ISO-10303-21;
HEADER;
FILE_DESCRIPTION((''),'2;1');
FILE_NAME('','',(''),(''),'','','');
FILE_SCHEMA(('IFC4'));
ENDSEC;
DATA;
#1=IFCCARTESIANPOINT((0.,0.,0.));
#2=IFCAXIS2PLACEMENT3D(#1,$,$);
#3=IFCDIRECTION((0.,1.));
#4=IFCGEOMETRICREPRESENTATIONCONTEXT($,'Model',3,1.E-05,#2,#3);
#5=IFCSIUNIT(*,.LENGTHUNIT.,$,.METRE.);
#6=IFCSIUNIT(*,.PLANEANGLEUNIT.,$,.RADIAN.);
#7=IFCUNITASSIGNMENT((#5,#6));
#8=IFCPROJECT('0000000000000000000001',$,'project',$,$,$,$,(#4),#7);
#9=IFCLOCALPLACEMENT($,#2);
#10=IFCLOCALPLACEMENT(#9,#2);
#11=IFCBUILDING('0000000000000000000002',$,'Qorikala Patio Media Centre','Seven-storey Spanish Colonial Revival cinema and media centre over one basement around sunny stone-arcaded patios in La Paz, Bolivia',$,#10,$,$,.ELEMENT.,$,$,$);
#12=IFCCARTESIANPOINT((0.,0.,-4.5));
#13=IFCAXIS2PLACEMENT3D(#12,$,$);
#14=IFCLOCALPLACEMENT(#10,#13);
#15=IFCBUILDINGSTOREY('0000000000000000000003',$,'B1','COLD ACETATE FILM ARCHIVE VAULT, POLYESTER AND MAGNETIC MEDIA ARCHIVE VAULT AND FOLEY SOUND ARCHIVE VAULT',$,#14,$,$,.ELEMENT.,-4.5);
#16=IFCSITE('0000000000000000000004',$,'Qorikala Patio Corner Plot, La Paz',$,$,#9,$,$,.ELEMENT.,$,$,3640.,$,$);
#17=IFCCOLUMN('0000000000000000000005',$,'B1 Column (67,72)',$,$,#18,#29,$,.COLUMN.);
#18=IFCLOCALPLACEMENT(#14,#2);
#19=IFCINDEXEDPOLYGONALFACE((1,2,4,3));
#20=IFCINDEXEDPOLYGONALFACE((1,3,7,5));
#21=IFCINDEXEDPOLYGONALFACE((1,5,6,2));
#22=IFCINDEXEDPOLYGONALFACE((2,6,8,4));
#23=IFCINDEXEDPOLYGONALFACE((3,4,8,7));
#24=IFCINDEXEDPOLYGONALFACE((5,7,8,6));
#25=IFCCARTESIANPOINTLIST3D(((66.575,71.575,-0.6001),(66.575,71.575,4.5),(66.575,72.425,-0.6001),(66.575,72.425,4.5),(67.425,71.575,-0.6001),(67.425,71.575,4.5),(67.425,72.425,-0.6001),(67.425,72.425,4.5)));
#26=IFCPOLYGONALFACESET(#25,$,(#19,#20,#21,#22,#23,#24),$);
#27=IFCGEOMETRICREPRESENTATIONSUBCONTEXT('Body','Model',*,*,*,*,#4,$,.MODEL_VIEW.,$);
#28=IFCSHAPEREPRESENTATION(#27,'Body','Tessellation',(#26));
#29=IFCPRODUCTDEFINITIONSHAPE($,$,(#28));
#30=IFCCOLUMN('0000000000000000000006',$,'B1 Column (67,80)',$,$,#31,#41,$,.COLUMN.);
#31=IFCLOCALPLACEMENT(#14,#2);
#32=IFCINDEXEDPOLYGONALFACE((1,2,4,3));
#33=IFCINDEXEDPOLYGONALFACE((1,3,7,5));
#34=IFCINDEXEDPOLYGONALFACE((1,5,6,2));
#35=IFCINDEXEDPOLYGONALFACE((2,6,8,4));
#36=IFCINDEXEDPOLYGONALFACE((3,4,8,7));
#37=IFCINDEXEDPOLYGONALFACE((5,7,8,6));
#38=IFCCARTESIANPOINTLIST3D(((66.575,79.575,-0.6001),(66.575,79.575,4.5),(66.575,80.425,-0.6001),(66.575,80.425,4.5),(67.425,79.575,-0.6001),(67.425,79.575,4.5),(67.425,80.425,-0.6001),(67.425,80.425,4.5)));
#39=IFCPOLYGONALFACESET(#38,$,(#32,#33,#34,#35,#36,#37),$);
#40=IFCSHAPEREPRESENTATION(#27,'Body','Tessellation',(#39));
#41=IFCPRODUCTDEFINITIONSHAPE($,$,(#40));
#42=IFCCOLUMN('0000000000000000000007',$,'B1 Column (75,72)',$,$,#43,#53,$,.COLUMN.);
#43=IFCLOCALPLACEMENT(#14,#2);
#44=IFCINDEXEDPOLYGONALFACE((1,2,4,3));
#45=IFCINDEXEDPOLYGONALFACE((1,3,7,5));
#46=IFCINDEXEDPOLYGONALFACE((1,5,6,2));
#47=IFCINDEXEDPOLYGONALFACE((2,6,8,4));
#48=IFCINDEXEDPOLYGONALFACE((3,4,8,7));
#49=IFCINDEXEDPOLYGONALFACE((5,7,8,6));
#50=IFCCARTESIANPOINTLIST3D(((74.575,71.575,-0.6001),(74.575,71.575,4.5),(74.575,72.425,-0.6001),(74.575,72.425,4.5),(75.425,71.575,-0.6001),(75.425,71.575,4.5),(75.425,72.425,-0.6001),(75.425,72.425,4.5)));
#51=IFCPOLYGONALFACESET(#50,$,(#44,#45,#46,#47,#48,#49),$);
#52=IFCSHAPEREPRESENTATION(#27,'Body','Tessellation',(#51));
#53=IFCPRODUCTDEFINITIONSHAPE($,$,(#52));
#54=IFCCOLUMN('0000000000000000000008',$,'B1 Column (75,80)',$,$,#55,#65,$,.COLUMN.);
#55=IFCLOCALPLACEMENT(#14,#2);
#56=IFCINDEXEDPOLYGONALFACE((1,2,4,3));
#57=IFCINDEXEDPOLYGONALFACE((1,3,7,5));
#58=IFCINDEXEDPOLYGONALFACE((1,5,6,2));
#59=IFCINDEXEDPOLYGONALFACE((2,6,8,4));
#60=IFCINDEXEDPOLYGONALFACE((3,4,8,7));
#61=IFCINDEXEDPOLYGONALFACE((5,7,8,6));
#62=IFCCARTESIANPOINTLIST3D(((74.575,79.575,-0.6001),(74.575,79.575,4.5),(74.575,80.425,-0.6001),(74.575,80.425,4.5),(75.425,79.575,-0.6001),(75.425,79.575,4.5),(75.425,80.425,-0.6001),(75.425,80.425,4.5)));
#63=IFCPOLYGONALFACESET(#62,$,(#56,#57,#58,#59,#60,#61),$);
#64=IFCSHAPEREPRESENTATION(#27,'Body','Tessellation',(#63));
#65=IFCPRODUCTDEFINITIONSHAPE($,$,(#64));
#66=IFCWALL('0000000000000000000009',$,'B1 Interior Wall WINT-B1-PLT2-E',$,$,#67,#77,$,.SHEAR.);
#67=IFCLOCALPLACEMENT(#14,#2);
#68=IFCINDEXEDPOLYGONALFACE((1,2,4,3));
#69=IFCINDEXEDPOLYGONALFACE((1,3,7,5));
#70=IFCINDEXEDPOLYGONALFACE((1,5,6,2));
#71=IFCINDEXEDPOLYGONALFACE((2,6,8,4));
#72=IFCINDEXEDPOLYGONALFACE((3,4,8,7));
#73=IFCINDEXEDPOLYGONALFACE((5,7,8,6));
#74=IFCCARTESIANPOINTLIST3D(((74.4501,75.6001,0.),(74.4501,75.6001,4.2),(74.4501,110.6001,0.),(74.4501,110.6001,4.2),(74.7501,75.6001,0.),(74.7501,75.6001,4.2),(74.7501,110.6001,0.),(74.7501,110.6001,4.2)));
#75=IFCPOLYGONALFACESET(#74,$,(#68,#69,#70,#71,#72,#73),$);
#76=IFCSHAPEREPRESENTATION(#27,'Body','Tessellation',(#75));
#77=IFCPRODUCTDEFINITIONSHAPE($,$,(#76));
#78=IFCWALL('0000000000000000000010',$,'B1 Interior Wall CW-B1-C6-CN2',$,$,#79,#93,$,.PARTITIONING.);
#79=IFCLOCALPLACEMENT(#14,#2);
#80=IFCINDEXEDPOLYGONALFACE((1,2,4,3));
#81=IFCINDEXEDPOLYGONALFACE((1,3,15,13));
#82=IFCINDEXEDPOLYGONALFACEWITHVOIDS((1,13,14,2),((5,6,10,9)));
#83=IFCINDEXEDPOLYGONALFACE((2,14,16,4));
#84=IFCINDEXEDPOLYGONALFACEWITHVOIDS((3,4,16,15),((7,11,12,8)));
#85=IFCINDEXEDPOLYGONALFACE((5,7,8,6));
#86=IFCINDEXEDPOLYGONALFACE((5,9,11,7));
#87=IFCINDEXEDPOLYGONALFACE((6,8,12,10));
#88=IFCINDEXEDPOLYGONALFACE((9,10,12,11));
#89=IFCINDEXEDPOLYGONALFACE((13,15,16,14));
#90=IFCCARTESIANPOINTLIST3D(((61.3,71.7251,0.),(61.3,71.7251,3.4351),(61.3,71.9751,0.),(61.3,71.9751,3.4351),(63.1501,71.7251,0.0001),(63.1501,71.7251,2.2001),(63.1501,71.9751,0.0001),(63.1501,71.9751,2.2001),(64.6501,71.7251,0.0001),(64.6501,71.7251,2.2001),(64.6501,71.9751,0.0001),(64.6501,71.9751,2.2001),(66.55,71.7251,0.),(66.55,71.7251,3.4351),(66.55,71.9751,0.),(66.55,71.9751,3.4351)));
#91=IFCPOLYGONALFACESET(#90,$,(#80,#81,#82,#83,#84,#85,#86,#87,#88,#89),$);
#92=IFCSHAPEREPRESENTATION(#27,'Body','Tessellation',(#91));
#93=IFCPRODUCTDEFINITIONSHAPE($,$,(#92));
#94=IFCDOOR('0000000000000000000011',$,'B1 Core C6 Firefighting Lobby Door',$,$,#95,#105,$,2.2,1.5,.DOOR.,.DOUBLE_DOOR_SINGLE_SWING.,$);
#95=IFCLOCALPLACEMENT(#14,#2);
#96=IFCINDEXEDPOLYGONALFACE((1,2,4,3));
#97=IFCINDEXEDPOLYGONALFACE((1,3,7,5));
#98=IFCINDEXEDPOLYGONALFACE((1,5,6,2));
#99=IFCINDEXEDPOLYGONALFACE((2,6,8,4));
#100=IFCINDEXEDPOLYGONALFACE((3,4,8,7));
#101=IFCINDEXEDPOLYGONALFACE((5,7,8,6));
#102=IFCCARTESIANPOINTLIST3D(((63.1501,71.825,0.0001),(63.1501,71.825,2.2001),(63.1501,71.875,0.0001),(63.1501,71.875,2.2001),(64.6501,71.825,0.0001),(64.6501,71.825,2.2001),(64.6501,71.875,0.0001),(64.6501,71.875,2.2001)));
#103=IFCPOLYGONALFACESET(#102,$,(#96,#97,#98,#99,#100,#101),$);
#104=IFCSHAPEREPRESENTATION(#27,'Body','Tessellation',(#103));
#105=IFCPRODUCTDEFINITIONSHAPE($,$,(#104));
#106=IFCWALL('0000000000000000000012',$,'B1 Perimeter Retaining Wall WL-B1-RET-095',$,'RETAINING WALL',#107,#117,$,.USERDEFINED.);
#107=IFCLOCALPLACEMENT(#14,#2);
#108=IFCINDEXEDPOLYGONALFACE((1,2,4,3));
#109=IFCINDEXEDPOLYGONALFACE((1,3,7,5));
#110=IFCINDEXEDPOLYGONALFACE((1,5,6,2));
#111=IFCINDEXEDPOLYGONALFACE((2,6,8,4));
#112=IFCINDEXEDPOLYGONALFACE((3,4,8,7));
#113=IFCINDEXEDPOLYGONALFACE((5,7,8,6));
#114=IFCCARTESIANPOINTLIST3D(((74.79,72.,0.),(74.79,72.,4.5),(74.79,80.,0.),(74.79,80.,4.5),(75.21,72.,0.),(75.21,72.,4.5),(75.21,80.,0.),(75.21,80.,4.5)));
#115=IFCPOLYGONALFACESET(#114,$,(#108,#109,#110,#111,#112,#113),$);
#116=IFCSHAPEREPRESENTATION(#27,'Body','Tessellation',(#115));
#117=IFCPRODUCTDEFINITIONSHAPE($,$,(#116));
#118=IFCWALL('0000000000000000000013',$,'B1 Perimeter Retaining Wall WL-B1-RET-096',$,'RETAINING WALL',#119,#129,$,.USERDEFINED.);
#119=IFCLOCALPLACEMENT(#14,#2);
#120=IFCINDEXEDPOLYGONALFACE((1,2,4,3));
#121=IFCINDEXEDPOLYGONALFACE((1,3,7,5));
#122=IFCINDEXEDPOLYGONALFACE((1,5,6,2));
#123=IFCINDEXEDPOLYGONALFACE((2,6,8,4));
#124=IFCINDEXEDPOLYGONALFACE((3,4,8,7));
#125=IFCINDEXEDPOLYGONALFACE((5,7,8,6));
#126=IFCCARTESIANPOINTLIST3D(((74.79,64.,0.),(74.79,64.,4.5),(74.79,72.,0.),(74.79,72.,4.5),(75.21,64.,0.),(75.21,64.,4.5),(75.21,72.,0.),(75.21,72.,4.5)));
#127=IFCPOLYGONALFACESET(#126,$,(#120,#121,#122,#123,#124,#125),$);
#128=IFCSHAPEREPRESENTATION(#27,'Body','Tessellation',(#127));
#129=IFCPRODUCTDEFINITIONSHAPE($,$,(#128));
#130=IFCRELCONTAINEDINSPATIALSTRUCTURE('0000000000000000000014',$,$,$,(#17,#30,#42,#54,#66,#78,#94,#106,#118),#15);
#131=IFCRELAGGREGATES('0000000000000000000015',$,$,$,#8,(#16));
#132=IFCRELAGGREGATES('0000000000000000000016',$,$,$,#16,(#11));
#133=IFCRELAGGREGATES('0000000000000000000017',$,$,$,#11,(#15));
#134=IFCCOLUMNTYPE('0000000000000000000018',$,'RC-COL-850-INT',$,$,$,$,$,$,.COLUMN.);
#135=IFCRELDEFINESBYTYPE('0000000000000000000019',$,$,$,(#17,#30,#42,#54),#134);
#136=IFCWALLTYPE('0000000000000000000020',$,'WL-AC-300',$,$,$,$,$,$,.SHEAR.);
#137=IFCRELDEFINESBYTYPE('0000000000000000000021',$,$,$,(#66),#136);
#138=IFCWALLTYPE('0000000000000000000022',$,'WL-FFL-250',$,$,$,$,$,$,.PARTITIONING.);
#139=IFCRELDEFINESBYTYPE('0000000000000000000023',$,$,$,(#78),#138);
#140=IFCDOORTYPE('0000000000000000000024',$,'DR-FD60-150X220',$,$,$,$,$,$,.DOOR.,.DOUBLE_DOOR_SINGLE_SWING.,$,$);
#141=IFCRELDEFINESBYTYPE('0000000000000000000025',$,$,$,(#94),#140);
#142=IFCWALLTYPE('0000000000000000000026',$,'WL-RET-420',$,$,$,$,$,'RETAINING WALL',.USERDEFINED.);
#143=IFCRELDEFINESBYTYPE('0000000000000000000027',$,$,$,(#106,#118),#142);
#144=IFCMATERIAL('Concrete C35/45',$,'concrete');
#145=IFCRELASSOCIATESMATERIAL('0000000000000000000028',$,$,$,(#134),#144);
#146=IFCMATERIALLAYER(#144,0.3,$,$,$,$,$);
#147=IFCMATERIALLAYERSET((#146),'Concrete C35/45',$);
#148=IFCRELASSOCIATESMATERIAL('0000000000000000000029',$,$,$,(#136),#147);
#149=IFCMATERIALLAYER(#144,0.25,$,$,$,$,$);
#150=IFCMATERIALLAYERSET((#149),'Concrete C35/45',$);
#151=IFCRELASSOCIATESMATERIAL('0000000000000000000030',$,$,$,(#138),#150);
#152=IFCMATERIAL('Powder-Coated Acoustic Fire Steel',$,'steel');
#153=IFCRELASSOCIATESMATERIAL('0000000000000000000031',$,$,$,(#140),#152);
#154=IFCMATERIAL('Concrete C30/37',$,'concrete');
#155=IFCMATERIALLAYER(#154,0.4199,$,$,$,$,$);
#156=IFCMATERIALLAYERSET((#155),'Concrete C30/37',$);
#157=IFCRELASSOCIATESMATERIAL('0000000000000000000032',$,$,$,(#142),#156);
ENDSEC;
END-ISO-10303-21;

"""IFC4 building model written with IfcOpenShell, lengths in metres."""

from ifc_helpers import new_model, si_unit, direction, frame, frame_2d, origin, origin_2d, place, context, subcontext, project, spatial, rectangle, extrude, material, layer, layer_set, material_profile, profile_set, type_object, element, fill, save


model = new_model("IFC4")

# Units and contexts
model_context = context("Model", 3, precision=1e-05, world=origin(), true_north=direction((0.0, 1.0)))
body_context = subcontext(model_context, "Body", "Model", "MODEL_VIEW")
ifc_project = project(units=[si_unit("LENGTHUNIT", "METRE"), si_unit("PLANEANGLEUNIT", "RADIAN")], contexts=[model_context])

# Site, building, storey
site_placement = place(None, origin())
site = spatial("IfcSite", under=ifc_project, at=site_placement, Name="Qorikala Patio Corner Plot, La Paz", CompositionType="ELEMENT", RefElevation=3640.0)
building_placement = place(site_placement, origin())
building = spatial("IfcBuilding", under=site, at=building_placement, Name="Qorikala Patio Media Centre", Description="Seven-storey Spanish Colonial Revival cinema and media centre over one basement around sunny stone-arcaded patios in La Paz, Bolivia", CompositionType="ELEMENT")
storey_placement = place(building_placement, frame((0.0, 0.0, -4.5)))
storey = spatial("IfcBuildingStorey", under=building, at=storey_placement, Name="B1", Description="COLD ACETATE FILM ARCHIVE VAULT, POLYESTER AND MAGNETIC MEDIA ARCHIVE VAULT AND FOLEY SOUND ARCHIVE VAULT", CompositionType="ELEMENT", Elevation=-4.5)

# Shared definitions
ifc_material_1 = material(Name="Concrete C30/37", Category="concrete")

# Columns
ifc_material_2 = material(Name="Concrete C35/45", Category="concrete")
ifc_material_profile_1 = material_profile(ifc_material_2, rectangle(XDim=0.8501, YDim=0.8501, at=origin_2d()), Name="RC 850x850")
ifc_profile_set_1 = profile_set([ifc_material_profile_1], Name="Concrete C35/45")
column_type = type_object("IfcColumnType", Name="RC-COL-850-INT", PredefinedType="COLUMN", material=ifc_profile_set_1)
for number, where, z_axis, x_axis, name in (
    (1, (67.0, 72.0, -0.6001), (0.0, 0.0, 1.0), (1.0, 0.0, 0.0), "B1 Column (67,72)"),
    (2, (67.0, 80.0, -0.6001), (0.0, 0.0, 1.0), (1.0, 0.0, 0.0), "B1 Column (67,80)"),
    (3, (75.0, 72.0, -0.6001), (0.0, 0.0, 1.0), (1.0, 0.0, 0.0), "B1 Column (75,72)"),
    (4, (75.0, 80.0, -0.6001), (0.0, 0.0, 1.0), (1.0, 0.0, 0.0), "B1 Column (75,80)"),
):
    element("IfcColumn", number, at=place(storey_placement, frame(where, z_axis=z_axis, x_axis=x_axis)), inside=storey, type_object=column_type, Name=name, PredefinedType="COLUMN", context=body_context, shape_type="SweptSolid", body=[
        extrude(rectangle(XDim=0.8501, YDim=0.8501, at=origin_2d()), origin(), (0.0, 0.0, 1.0), 5.1001),
    ])

# Wall
ifc_layer_1 = layer(ifc_material_2, 0.3)
ifc_layer_set_1 = layer_set([ifc_layer_1], Name="Concrete C35/45")
wall_type_1 = type_object("IfcWallType", Name="WL-AC-300", PredefinedType="SHEAR", material=ifc_layer_set_1)
wall_1_placement = place(storey_placement, frame((74.6001, 75.6001, 0.0), z_axis=(0.0, 0.0, 1.0), x_axis=(0.0, 1.0, 0.0)))
element("IfcWall", 5, at=wall_1_placement, inside=storey, type_object=wall_type_1, Name="B1 Interior Wall WINT-B1-PLT2-E", PredefinedType="SHEAR", context=body_context, shape_type="SweptSolid", body=[
    extrude(rectangle(XDim=35.0, YDim=0.3, at=frame_2d((17.5, 0.0))), origin(), (0.0, 0.0, 1.0), 4.2),
])

# Wall, opening, door
ifc_layer_2 = layer(ifc_material_2, 0.25)
ifc_layer_set_2 = layer_set([ifc_layer_2], Name="Concrete C35/45")
wall_type_2 = type_object("IfcWallType", Name="WL-FFL-250", PredefinedType="PARTITIONING", material=ifc_layer_set_2)
wall_2_placement = place(storey_placement, frame((61.3, 71.8501, 0.0), z_axis=(0.0, 0.0, 1.0), x_axis=(1.0, 0.0, 0.0)))
wall_2 = element("IfcWall", 6, at=wall_2_placement, inside=storey, type_object=wall_type_2, Name="B1 Interior Wall CW-B1-C6-CN2", PredefinedType="PARTITIONING", context=body_context, shape_type="SweptSolid", body=[
    extrude(rectangle(XDim=5.25, YDim=0.25, at=frame_2d((2.625, 0.0))), origin(), (0.0, 0.0, 1.0), 3.4351),
])
opening_placement = place(wall_2_placement, frame((1.8501, 0.0, 0.0)))
opening = element("IfcOpeningElement", 7, at=opening_placement, cuts=wall_2, PredefinedType="OPENING", context=body_context, shape_type="SweptSolid", body=[
    extrude(rectangle(XDim=1.5, YDim=2.2, at=frame_2d((0.75, 1.1001))), frame((0.0, 0.135, 0.0), z_axis=(0.0, -1.0, 0.0), x_axis=(1.0, 0.0, 0.0)), (0.0, 0.0, 1.0), 0.27),
])
ifc_material_3 = material(Name="Powder-Coated Acoustic Fire Steel", Category="steel")
door_type = type_object("IfcDoorType", Name="DR-FD60-150X220", OperationType="DOUBLE_DOOR_SINGLE_SWING", PredefinedType="DOOR", material=ifc_material_3)
door_placement = place(opening_placement, origin())
door = element("IfcDoor", 8, at=door_placement, inside=storey, type_object=door_type, Name="B1 Core C6 Firefighting Lobby Door", OperationType="DOUBLE_DOOR_SINGLE_SWING", OverallHeight=2.2, OverallWidth=1.5, PredefinedType="DOOR", context=body_context, shape_type="SweptSolid", body=[
    extrude(rectangle(XDim=1.5, YDim=2.2, at=frame_2d((0.75, 1.1001))), frame((0.0, 0.0249, 0.0), z_axis=(0.0, -1.0, 0.0), x_axis=(1.0, 0.0, 0.0)), (0.0, 0.0, 1.0), 0.05),
])
fill(opening, door)

# Walls
ifc_layer_3 = layer(ifc_material_1, 0.4199)
ifc_layer_set_3 = layer_set([ifc_layer_3], Name="Concrete C30/37")
wall_type_3 = type_object("IfcWallType", Name="WL-RET-420", ElementType="RETAINING WALL", PredefinedType="USERDEFINED", material=ifc_layer_set_3)
for number, where, z_axis, x_axis, name in (
    (9, (75.0, 80.0, 0.0), (0.0, 0.0, 1.0), (0.0, -1.0, 0.0), "B1 Perimeter Retaining Wall WL-B1-RET-095"),
    (10, (75.0, 72.0, 0.0), (0.0, 0.0, 1.0), (0.0, -1.0, 0.0), "B1 Perimeter Retaining Wall WL-B1-RET-096"),
):
    element("IfcWall", number, at=place(storey_placement, frame(where, z_axis=z_axis, x_axis=x_axis)), inside=storey, type_object=wall_type_3, Name=name, ObjectType="RETAINING WALL", PredefinedType="USERDEFINED", context=body_context, shape_type="SweptSolid", body=[
        extrude(rectangle(XDim=8.0, YDim=0.4199, at=frame_2d((4.0, 0.0))), origin(), (0.0, 0.0, 1.0), 4.5),
    ])

save(model, "model.ifc")
